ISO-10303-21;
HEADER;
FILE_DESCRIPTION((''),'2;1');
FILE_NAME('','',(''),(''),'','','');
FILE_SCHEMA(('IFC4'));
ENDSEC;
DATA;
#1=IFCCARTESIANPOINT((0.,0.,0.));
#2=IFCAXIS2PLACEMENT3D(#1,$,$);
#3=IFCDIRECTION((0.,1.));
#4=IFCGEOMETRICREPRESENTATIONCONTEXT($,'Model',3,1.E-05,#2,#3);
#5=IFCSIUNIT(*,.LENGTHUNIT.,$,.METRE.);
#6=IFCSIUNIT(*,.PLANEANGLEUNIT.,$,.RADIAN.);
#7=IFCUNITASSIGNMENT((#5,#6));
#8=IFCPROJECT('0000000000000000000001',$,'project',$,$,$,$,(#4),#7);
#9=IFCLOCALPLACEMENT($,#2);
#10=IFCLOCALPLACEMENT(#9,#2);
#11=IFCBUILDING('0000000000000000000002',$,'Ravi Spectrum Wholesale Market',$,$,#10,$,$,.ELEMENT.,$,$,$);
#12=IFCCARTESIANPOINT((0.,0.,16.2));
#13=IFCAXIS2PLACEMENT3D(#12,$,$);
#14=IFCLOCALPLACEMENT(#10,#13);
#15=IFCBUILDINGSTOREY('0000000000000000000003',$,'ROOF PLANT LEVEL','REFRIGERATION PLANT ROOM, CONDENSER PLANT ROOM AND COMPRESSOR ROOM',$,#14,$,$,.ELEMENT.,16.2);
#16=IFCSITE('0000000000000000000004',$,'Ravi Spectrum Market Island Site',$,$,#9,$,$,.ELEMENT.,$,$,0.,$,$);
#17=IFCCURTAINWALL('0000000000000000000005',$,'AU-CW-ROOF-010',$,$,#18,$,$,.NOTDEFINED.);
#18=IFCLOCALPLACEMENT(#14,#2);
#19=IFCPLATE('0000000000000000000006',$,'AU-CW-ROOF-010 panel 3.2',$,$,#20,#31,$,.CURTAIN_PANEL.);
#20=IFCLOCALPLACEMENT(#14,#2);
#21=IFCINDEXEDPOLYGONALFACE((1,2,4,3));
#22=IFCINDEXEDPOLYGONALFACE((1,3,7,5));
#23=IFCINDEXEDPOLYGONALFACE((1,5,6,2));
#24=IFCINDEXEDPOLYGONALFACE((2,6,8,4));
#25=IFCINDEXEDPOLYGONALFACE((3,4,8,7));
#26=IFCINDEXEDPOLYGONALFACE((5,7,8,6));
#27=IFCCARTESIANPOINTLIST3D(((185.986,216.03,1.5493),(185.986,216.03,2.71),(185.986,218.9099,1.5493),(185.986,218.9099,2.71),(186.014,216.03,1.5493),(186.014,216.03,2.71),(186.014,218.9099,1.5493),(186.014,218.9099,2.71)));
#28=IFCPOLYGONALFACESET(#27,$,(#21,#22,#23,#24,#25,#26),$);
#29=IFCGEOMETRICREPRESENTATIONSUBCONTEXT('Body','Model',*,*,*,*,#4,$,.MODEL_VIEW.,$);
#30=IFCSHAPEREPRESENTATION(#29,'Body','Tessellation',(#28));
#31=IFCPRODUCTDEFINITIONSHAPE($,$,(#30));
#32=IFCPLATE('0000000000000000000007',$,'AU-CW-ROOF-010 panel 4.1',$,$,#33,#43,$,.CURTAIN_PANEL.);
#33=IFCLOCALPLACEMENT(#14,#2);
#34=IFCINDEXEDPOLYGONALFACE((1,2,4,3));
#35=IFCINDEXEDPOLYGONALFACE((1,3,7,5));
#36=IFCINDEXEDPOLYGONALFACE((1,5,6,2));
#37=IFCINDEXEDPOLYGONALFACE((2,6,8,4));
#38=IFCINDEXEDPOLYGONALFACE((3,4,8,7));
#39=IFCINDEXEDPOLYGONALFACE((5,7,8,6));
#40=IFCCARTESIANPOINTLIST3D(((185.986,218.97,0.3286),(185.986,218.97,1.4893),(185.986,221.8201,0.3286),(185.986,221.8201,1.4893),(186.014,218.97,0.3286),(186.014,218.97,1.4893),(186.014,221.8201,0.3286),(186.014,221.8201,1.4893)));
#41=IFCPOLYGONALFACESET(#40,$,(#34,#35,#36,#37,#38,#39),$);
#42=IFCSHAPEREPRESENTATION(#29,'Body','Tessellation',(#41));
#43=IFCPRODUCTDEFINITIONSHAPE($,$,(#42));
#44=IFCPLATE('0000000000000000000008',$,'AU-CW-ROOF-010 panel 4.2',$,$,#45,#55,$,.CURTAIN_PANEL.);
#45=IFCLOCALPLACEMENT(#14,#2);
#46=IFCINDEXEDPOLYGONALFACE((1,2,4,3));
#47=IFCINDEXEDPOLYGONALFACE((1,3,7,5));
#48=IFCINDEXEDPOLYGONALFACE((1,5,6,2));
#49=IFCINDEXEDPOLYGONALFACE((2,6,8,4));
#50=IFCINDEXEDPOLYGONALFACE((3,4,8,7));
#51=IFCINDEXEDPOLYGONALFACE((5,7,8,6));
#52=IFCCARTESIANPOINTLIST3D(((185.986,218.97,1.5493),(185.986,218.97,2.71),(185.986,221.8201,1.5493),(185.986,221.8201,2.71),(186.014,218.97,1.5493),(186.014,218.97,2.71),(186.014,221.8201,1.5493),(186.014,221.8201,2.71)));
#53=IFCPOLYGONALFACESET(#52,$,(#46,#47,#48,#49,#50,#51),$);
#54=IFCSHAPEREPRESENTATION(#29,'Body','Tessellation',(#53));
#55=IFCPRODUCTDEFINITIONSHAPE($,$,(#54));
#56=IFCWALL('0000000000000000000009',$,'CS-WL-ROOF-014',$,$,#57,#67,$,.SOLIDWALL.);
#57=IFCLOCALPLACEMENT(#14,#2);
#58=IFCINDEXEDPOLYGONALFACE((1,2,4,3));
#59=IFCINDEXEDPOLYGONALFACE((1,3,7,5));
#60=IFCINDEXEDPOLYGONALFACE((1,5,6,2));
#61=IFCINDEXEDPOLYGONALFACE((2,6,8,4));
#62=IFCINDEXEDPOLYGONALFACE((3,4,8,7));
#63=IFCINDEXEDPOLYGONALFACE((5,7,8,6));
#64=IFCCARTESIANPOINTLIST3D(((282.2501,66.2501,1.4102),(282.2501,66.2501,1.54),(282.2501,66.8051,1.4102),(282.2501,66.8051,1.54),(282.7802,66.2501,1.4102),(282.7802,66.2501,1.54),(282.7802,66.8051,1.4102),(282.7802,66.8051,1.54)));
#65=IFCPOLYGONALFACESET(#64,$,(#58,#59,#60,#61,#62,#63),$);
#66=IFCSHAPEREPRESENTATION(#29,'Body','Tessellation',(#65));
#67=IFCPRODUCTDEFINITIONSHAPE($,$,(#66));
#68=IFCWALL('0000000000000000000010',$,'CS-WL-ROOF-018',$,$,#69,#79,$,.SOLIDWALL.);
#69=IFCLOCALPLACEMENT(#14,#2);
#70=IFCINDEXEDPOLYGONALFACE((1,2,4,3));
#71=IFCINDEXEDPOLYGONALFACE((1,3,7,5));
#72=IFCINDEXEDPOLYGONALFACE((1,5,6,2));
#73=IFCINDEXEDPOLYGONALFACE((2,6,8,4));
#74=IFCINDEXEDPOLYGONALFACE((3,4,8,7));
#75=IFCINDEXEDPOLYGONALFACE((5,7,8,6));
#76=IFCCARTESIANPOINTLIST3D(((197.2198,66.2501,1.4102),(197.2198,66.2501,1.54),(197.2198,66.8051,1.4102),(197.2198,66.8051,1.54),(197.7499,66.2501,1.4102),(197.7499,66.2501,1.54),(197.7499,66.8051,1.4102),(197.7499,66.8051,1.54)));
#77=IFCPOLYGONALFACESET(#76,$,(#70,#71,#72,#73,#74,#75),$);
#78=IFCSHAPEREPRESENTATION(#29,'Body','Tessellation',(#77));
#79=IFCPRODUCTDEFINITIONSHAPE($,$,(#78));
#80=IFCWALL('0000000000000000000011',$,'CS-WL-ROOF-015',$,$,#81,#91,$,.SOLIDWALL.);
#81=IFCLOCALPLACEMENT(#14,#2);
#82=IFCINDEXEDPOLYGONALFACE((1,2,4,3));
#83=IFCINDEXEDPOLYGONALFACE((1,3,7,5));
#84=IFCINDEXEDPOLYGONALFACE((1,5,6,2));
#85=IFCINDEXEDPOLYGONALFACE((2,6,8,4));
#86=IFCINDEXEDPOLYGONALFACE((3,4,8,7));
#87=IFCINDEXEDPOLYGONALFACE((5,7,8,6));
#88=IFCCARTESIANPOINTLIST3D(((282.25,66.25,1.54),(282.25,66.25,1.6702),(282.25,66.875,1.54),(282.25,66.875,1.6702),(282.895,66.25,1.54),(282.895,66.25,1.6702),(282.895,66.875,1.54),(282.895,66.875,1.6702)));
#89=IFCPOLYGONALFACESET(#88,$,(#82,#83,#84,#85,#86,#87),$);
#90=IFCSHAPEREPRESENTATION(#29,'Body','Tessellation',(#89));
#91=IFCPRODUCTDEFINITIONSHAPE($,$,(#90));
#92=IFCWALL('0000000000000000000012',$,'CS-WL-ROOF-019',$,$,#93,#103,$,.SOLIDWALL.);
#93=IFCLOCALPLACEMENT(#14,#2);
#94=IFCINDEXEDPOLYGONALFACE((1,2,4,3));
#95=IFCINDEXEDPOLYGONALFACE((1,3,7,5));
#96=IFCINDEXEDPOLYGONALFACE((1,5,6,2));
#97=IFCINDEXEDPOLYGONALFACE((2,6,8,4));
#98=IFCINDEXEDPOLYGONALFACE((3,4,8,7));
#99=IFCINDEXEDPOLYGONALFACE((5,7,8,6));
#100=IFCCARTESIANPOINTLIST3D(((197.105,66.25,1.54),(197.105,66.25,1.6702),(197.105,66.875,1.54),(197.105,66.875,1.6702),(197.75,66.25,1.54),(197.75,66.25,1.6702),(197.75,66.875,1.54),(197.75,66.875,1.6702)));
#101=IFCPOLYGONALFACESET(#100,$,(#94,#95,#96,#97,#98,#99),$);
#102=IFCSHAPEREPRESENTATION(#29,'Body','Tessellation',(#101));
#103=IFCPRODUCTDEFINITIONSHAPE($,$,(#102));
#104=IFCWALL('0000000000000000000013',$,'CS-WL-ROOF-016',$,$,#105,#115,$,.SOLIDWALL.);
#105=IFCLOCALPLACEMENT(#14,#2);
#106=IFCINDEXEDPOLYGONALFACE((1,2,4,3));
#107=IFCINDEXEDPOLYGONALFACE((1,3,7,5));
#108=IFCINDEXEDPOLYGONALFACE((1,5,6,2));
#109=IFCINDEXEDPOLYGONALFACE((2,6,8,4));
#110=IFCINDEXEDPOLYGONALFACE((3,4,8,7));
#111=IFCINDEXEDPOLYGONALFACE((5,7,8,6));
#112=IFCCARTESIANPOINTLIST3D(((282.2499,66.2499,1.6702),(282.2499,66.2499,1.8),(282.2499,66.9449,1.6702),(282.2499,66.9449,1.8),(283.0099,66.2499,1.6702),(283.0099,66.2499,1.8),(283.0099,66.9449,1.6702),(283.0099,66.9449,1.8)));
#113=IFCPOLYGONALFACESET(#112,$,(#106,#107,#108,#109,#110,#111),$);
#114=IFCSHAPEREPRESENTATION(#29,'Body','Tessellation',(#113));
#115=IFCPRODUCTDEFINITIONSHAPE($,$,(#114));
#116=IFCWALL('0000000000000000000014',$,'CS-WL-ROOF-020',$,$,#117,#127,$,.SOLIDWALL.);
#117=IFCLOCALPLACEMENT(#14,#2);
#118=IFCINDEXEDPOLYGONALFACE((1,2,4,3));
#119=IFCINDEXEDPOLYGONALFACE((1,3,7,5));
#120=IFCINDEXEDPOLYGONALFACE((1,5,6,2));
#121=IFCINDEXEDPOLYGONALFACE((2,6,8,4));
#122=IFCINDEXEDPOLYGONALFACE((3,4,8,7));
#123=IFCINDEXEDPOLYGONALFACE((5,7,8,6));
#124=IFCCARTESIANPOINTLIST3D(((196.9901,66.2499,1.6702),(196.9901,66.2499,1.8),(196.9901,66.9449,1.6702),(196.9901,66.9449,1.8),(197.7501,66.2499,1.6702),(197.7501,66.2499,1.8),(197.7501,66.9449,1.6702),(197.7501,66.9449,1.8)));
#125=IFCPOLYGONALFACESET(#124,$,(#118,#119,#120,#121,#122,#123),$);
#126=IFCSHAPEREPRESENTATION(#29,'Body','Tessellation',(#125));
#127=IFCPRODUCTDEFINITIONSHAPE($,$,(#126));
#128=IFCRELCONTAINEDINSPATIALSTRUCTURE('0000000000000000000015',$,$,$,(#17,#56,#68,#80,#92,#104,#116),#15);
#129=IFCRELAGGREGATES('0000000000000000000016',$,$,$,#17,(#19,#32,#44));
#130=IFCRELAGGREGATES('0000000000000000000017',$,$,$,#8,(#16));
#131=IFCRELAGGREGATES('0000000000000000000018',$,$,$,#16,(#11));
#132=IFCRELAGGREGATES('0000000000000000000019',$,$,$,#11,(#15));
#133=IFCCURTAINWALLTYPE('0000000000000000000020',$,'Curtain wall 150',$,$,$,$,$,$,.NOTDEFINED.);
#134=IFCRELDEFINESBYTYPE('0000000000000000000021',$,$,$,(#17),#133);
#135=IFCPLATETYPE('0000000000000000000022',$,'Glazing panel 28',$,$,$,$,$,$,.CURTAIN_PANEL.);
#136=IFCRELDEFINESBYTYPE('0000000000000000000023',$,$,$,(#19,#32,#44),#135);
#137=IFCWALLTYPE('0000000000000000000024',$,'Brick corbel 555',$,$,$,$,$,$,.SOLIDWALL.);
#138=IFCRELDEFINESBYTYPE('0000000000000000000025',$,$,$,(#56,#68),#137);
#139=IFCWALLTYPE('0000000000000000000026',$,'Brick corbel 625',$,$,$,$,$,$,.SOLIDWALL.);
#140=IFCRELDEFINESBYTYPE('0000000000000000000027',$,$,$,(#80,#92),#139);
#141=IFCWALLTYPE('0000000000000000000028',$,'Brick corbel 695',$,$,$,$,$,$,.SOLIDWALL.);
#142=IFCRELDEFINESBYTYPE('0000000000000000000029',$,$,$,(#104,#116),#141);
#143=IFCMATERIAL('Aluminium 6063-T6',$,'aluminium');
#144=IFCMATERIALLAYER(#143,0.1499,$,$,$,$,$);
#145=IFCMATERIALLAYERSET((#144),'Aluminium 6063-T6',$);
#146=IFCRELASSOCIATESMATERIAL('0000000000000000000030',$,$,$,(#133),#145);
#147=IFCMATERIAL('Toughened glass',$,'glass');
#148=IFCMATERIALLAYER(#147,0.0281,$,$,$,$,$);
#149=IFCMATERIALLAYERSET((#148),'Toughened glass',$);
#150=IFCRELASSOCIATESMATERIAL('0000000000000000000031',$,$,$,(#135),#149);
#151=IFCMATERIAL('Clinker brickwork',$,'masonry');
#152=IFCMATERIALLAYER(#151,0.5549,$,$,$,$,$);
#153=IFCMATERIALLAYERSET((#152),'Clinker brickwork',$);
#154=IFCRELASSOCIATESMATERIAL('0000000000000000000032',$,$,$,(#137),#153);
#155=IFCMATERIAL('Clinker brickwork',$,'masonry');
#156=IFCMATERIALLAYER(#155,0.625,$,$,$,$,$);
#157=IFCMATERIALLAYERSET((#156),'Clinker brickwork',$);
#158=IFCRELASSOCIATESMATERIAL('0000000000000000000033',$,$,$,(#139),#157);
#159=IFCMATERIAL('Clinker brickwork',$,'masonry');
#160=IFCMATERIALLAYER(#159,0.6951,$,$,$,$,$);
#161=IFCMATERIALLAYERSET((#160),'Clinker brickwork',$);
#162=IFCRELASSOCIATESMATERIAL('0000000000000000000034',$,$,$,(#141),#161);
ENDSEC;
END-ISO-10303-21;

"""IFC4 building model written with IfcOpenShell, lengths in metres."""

from ifc_helpers import new_model, si_unit, direction, frame, frame_2d, origin, origin_2d, place, context, subcontext, project, spatial, rectangle, extrude, material, layer, layer_set, type_object, element, aggregate, save


model = new_model("IFC4")

# Units and contexts
model_context = context("Model", 3, precision=1e-05, world=origin(), true_north=direction((0.0, 1.0)))
body_context = subcontext(model_context, "Body", "Model", "MODEL_VIEW")
ifc_project = project(units=[si_unit("LENGTHUNIT", "METRE"), si_unit("PLANEANGLEUNIT", "RADIAN")], contexts=[model_context])

# Site, building, storey
site_placement = place(None, origin())
site = spatial("IfcSite", under=ifc_project, at=site_placement, Name="Ravi Spectrum Market Island Site", CompositionType="ELEMENT", RefElevation=0.0)
building_placement = place(site_placement, origin())
building = spatial("IfcBuilding", under=site, at=building_placement, Name="Ravi Spectrum Wholesale Market", CompositionType="ELEMENT")
storey_placement = place(building_placement, frame((0.0, 0.0, 16.2)))
storey = spatial("IfcBuildingStorey", under=building, at=storey_placement, Name="ROOF PLANT LEVEL", Description="REFRIGERATION PLANT ROOM, CONDENSER PLANT ROOM AND COMPRESSOR ROOM", CompositionType="ELEMENT", Elevation=16.2)

# Curtain wall, plates
ifc_material_1 = material(Name="Aluminium 6063-T6", Category="aluminium")
ifc_layer_1 = layer(ifc_material_1, 0.1499)
ifc_layer_set_1 = layer_set([ifc_layer_1], Name="Aluminium 6063-T6")
curtain_wall_type = type_object("IfcCurtainWallType", Name="Curtain wall 150", PredefinedType="NOTDEFINED", material=ifc_layer_set_1)
curtain_wall_placement = place(storey_placement, origin())
curtain_wall = element("IfcCurtainWall", 1, at=curtain_wall_placement, inside=storey, type_object=curtain_wall_type, Name="AU-CW-ROOF-010", PredefinedType="NOTDEFINED")
ifc_material_2 = material(Name="Toughened glass", Category="glass")
ifc_layer_2 = layer(ifc_material_2, 0.0281)
ifc_layer_set_2 = layer_set([ifc_layer_2], Name="Toughened glass")
plate_type = type_object("IfcPlateType", Name="Glazing panel 28", PredefinedType="CURTAIN_PANEL", material=ifc_layer_set_2)
plate_1_placement = place(storey_placement, frame((186.0, 217.47, 1.5493), z_axis=(0.0, 0.0, 1.0), x_axis=(0.0, 1.0, 0.0)))
plate_1 = element("IfcPlate", 2, at=plate_1_placement, type_object=plate_type, Name="AU-CW-ROOF-010 panel 3.2", PredefinedType="CURTAIN_PANEL", context=body_context, shape_type="SweptSolid", body=[
    extrude(rectangle(XDim=2.8799, YDim=0.0281, at=origin_2d()), origin(), (0.0, 0.0, 1.0), 1.1606),
])
plate_2_placement = place(storey_placement, frame((186.0, 220.395, 0.3286), z_axis=(0.0, 0.0, 1.0), x_axis=(0.0, 1.0, 0.0)))
plate_2 = element("IfcPlate", 3, at=plate_2_placement, type_object=plate_type, Name="AU-CW-ROOF-010 panel 4.1", PredefinedType="CURTAIN_PANEL", context=body_context, shape_type="SweptSolid", body=[
    extrude(rectangle(XDim=2.8501, YDim=0.0281, at=origin_2d()), origin(), (0.0, 0.0, 1.0), 1.1606),
])
plate_3_placement = place(storey_placement, frame((186.0, 220.395, 1.5493), z_axis=(0.0, 0.0, 1.0), x_axis=(0.0, 1.0, 0.0)))
plate_3 = element("IfcPlate", 4, at=plate_3_placement, type_object=plate_type, Name="AU-CW-ROOF-010 panel 4.2", PredefinedType="CURTAIN_PANEL", context=body_context, shape_type="SweptSolid", body=[
    extrude(rectangle(XDim=2.8501, YDim=0.0281, at=origin_2d()), origin(), (0.0, 0.0, 1.0), 1.1606),
])
aggregate(curtain_wall, [plate_1, plate_2, plate_3])

# Walls
ifc_material_3 = material(Name="Clinker brickwork", Category="masonry")
ifc_layer_3 = layer(ifc_material_3, 0.5549)
ifc_layer_set_3 = layer_set([ifc_layer_3], Name="Clinker brickwork")
wall_type_1 = type_object("IfcWallType", Name="Brick corbel 555", PredefinedType="SOLIDWALL", material=ifc_layer_set_3)
for number, where, z_axis, x_axis, name in (
    (5, (282.25, 66.5276, 1.4102), (0.0, 0.0, 1.0), (1.0, 0.0, 0.0), "CS-WL-ROOF-014"),
    (6, (197.75, 66.5276, 1.4102), (0.0, 0.0, 1.0), (-1.0, 0.0, 0.0), "CS-WL-ROOF-018"),
):
    element("IfcWall", number, at=place(storey_placement, frame(where, z_axis=z_axis, x_axis=x_axis)), inside=storey, type_object=wall_type_1, Name=name, PredefinedType="SOLIDWALL", context=body_context, shape_type="SweptSolid", body=[
        extrude(rectangle(XDim=0.53, YDim=0.5549, at=frame_2d((0.2651, 0.0))), origin(), (0.0, 0.0, 1.0), 0.1299),
    ])
ifc_material_4 = material(Name="Clinker brickwork", Category="masonry")
ifc_layer_4 = layer(ifc_material_4, 0.625)
ifc_layer_set_4 = layer_set([ifc_layer_4], Name="Clinker brickwork")
wall_type_2 = type_object("IfcWallType", Name="Brick corbel 625", PredefinedType="SOLIDWALL", material=ifc_layer_set_4)
for number, where, z_axis, x_axis, name in (
    (7, (282.25, 66.5625, 1.54), (0.0, 0.0, 1.0), (1.0, 0.0, 0.0), "CS-WL-ROOF-015"),
    (8, (197.75, 66.5625, 1.54), (0.0, 0.0, 1.0), (-1.0, 0.0, 0.0), "CS-WL-ROOF-019"),
):
    element("IfcWall", number, at=place(storey_placement, frame(where, z_axis=z_axis, x_axis=x_axis)), inside=storey, type_object=wall_type_2, Name=name, PredefinedType="SOLIDWALL", context=body_context, shape_type="SweptSolid", body=[
        extrude(rectangle(XDim=0.645, YDim=0.625, at=frame_2d((0.3225, 0.0))), origin(), (0.0, 0.0, 1.0), 0.1301),
    ])
ifc_material_5 = material(Name="Clinker brickwork", Category="masonry")
ifc_layer_5 = layer(ifc_material_5, 0.6951)
ifc_layer_set_5 = layer_set([ifc_layer_5], Name="Clinker brickwork")
wall_type_3 = type_object("IfcWallType", Name="Brick corbel 695", PredefinedType="SOLIDWALL", material=ifc_layer_set_5)
for number, where, z_axis, x_axis, name in (
    (9, (282.25, 66.5974, 1.6702), (0.0, 0.0, 1.0), (1.0, 0.0, 0.0), "CS-WL-ROOF-016"),
    (10, (197.75, 66.5974, 1.6702), (0.0, 0.0, 1.0), (-1.0, 0.0, 0.0), "CS-WL-ROOF-020"),
):
    element("IfcWall", number, at=place(storey_placement, frame(where, z_axis=z_axis, x_axis=x_axis)), inside=storey, type_object=wall_type_3, Name=name, PredefinedType="SOLIDWALL", context=body_context, shape_type="SweptSolid", body=[
        extrude(rectangle(XDim=0.76, YDim=0.6951, at=frame_2d((0.3799, 0.0))), origin(), (0.0, 0.0, 1.0), 0.1299),
    ])

save(model, "model.ifc")
